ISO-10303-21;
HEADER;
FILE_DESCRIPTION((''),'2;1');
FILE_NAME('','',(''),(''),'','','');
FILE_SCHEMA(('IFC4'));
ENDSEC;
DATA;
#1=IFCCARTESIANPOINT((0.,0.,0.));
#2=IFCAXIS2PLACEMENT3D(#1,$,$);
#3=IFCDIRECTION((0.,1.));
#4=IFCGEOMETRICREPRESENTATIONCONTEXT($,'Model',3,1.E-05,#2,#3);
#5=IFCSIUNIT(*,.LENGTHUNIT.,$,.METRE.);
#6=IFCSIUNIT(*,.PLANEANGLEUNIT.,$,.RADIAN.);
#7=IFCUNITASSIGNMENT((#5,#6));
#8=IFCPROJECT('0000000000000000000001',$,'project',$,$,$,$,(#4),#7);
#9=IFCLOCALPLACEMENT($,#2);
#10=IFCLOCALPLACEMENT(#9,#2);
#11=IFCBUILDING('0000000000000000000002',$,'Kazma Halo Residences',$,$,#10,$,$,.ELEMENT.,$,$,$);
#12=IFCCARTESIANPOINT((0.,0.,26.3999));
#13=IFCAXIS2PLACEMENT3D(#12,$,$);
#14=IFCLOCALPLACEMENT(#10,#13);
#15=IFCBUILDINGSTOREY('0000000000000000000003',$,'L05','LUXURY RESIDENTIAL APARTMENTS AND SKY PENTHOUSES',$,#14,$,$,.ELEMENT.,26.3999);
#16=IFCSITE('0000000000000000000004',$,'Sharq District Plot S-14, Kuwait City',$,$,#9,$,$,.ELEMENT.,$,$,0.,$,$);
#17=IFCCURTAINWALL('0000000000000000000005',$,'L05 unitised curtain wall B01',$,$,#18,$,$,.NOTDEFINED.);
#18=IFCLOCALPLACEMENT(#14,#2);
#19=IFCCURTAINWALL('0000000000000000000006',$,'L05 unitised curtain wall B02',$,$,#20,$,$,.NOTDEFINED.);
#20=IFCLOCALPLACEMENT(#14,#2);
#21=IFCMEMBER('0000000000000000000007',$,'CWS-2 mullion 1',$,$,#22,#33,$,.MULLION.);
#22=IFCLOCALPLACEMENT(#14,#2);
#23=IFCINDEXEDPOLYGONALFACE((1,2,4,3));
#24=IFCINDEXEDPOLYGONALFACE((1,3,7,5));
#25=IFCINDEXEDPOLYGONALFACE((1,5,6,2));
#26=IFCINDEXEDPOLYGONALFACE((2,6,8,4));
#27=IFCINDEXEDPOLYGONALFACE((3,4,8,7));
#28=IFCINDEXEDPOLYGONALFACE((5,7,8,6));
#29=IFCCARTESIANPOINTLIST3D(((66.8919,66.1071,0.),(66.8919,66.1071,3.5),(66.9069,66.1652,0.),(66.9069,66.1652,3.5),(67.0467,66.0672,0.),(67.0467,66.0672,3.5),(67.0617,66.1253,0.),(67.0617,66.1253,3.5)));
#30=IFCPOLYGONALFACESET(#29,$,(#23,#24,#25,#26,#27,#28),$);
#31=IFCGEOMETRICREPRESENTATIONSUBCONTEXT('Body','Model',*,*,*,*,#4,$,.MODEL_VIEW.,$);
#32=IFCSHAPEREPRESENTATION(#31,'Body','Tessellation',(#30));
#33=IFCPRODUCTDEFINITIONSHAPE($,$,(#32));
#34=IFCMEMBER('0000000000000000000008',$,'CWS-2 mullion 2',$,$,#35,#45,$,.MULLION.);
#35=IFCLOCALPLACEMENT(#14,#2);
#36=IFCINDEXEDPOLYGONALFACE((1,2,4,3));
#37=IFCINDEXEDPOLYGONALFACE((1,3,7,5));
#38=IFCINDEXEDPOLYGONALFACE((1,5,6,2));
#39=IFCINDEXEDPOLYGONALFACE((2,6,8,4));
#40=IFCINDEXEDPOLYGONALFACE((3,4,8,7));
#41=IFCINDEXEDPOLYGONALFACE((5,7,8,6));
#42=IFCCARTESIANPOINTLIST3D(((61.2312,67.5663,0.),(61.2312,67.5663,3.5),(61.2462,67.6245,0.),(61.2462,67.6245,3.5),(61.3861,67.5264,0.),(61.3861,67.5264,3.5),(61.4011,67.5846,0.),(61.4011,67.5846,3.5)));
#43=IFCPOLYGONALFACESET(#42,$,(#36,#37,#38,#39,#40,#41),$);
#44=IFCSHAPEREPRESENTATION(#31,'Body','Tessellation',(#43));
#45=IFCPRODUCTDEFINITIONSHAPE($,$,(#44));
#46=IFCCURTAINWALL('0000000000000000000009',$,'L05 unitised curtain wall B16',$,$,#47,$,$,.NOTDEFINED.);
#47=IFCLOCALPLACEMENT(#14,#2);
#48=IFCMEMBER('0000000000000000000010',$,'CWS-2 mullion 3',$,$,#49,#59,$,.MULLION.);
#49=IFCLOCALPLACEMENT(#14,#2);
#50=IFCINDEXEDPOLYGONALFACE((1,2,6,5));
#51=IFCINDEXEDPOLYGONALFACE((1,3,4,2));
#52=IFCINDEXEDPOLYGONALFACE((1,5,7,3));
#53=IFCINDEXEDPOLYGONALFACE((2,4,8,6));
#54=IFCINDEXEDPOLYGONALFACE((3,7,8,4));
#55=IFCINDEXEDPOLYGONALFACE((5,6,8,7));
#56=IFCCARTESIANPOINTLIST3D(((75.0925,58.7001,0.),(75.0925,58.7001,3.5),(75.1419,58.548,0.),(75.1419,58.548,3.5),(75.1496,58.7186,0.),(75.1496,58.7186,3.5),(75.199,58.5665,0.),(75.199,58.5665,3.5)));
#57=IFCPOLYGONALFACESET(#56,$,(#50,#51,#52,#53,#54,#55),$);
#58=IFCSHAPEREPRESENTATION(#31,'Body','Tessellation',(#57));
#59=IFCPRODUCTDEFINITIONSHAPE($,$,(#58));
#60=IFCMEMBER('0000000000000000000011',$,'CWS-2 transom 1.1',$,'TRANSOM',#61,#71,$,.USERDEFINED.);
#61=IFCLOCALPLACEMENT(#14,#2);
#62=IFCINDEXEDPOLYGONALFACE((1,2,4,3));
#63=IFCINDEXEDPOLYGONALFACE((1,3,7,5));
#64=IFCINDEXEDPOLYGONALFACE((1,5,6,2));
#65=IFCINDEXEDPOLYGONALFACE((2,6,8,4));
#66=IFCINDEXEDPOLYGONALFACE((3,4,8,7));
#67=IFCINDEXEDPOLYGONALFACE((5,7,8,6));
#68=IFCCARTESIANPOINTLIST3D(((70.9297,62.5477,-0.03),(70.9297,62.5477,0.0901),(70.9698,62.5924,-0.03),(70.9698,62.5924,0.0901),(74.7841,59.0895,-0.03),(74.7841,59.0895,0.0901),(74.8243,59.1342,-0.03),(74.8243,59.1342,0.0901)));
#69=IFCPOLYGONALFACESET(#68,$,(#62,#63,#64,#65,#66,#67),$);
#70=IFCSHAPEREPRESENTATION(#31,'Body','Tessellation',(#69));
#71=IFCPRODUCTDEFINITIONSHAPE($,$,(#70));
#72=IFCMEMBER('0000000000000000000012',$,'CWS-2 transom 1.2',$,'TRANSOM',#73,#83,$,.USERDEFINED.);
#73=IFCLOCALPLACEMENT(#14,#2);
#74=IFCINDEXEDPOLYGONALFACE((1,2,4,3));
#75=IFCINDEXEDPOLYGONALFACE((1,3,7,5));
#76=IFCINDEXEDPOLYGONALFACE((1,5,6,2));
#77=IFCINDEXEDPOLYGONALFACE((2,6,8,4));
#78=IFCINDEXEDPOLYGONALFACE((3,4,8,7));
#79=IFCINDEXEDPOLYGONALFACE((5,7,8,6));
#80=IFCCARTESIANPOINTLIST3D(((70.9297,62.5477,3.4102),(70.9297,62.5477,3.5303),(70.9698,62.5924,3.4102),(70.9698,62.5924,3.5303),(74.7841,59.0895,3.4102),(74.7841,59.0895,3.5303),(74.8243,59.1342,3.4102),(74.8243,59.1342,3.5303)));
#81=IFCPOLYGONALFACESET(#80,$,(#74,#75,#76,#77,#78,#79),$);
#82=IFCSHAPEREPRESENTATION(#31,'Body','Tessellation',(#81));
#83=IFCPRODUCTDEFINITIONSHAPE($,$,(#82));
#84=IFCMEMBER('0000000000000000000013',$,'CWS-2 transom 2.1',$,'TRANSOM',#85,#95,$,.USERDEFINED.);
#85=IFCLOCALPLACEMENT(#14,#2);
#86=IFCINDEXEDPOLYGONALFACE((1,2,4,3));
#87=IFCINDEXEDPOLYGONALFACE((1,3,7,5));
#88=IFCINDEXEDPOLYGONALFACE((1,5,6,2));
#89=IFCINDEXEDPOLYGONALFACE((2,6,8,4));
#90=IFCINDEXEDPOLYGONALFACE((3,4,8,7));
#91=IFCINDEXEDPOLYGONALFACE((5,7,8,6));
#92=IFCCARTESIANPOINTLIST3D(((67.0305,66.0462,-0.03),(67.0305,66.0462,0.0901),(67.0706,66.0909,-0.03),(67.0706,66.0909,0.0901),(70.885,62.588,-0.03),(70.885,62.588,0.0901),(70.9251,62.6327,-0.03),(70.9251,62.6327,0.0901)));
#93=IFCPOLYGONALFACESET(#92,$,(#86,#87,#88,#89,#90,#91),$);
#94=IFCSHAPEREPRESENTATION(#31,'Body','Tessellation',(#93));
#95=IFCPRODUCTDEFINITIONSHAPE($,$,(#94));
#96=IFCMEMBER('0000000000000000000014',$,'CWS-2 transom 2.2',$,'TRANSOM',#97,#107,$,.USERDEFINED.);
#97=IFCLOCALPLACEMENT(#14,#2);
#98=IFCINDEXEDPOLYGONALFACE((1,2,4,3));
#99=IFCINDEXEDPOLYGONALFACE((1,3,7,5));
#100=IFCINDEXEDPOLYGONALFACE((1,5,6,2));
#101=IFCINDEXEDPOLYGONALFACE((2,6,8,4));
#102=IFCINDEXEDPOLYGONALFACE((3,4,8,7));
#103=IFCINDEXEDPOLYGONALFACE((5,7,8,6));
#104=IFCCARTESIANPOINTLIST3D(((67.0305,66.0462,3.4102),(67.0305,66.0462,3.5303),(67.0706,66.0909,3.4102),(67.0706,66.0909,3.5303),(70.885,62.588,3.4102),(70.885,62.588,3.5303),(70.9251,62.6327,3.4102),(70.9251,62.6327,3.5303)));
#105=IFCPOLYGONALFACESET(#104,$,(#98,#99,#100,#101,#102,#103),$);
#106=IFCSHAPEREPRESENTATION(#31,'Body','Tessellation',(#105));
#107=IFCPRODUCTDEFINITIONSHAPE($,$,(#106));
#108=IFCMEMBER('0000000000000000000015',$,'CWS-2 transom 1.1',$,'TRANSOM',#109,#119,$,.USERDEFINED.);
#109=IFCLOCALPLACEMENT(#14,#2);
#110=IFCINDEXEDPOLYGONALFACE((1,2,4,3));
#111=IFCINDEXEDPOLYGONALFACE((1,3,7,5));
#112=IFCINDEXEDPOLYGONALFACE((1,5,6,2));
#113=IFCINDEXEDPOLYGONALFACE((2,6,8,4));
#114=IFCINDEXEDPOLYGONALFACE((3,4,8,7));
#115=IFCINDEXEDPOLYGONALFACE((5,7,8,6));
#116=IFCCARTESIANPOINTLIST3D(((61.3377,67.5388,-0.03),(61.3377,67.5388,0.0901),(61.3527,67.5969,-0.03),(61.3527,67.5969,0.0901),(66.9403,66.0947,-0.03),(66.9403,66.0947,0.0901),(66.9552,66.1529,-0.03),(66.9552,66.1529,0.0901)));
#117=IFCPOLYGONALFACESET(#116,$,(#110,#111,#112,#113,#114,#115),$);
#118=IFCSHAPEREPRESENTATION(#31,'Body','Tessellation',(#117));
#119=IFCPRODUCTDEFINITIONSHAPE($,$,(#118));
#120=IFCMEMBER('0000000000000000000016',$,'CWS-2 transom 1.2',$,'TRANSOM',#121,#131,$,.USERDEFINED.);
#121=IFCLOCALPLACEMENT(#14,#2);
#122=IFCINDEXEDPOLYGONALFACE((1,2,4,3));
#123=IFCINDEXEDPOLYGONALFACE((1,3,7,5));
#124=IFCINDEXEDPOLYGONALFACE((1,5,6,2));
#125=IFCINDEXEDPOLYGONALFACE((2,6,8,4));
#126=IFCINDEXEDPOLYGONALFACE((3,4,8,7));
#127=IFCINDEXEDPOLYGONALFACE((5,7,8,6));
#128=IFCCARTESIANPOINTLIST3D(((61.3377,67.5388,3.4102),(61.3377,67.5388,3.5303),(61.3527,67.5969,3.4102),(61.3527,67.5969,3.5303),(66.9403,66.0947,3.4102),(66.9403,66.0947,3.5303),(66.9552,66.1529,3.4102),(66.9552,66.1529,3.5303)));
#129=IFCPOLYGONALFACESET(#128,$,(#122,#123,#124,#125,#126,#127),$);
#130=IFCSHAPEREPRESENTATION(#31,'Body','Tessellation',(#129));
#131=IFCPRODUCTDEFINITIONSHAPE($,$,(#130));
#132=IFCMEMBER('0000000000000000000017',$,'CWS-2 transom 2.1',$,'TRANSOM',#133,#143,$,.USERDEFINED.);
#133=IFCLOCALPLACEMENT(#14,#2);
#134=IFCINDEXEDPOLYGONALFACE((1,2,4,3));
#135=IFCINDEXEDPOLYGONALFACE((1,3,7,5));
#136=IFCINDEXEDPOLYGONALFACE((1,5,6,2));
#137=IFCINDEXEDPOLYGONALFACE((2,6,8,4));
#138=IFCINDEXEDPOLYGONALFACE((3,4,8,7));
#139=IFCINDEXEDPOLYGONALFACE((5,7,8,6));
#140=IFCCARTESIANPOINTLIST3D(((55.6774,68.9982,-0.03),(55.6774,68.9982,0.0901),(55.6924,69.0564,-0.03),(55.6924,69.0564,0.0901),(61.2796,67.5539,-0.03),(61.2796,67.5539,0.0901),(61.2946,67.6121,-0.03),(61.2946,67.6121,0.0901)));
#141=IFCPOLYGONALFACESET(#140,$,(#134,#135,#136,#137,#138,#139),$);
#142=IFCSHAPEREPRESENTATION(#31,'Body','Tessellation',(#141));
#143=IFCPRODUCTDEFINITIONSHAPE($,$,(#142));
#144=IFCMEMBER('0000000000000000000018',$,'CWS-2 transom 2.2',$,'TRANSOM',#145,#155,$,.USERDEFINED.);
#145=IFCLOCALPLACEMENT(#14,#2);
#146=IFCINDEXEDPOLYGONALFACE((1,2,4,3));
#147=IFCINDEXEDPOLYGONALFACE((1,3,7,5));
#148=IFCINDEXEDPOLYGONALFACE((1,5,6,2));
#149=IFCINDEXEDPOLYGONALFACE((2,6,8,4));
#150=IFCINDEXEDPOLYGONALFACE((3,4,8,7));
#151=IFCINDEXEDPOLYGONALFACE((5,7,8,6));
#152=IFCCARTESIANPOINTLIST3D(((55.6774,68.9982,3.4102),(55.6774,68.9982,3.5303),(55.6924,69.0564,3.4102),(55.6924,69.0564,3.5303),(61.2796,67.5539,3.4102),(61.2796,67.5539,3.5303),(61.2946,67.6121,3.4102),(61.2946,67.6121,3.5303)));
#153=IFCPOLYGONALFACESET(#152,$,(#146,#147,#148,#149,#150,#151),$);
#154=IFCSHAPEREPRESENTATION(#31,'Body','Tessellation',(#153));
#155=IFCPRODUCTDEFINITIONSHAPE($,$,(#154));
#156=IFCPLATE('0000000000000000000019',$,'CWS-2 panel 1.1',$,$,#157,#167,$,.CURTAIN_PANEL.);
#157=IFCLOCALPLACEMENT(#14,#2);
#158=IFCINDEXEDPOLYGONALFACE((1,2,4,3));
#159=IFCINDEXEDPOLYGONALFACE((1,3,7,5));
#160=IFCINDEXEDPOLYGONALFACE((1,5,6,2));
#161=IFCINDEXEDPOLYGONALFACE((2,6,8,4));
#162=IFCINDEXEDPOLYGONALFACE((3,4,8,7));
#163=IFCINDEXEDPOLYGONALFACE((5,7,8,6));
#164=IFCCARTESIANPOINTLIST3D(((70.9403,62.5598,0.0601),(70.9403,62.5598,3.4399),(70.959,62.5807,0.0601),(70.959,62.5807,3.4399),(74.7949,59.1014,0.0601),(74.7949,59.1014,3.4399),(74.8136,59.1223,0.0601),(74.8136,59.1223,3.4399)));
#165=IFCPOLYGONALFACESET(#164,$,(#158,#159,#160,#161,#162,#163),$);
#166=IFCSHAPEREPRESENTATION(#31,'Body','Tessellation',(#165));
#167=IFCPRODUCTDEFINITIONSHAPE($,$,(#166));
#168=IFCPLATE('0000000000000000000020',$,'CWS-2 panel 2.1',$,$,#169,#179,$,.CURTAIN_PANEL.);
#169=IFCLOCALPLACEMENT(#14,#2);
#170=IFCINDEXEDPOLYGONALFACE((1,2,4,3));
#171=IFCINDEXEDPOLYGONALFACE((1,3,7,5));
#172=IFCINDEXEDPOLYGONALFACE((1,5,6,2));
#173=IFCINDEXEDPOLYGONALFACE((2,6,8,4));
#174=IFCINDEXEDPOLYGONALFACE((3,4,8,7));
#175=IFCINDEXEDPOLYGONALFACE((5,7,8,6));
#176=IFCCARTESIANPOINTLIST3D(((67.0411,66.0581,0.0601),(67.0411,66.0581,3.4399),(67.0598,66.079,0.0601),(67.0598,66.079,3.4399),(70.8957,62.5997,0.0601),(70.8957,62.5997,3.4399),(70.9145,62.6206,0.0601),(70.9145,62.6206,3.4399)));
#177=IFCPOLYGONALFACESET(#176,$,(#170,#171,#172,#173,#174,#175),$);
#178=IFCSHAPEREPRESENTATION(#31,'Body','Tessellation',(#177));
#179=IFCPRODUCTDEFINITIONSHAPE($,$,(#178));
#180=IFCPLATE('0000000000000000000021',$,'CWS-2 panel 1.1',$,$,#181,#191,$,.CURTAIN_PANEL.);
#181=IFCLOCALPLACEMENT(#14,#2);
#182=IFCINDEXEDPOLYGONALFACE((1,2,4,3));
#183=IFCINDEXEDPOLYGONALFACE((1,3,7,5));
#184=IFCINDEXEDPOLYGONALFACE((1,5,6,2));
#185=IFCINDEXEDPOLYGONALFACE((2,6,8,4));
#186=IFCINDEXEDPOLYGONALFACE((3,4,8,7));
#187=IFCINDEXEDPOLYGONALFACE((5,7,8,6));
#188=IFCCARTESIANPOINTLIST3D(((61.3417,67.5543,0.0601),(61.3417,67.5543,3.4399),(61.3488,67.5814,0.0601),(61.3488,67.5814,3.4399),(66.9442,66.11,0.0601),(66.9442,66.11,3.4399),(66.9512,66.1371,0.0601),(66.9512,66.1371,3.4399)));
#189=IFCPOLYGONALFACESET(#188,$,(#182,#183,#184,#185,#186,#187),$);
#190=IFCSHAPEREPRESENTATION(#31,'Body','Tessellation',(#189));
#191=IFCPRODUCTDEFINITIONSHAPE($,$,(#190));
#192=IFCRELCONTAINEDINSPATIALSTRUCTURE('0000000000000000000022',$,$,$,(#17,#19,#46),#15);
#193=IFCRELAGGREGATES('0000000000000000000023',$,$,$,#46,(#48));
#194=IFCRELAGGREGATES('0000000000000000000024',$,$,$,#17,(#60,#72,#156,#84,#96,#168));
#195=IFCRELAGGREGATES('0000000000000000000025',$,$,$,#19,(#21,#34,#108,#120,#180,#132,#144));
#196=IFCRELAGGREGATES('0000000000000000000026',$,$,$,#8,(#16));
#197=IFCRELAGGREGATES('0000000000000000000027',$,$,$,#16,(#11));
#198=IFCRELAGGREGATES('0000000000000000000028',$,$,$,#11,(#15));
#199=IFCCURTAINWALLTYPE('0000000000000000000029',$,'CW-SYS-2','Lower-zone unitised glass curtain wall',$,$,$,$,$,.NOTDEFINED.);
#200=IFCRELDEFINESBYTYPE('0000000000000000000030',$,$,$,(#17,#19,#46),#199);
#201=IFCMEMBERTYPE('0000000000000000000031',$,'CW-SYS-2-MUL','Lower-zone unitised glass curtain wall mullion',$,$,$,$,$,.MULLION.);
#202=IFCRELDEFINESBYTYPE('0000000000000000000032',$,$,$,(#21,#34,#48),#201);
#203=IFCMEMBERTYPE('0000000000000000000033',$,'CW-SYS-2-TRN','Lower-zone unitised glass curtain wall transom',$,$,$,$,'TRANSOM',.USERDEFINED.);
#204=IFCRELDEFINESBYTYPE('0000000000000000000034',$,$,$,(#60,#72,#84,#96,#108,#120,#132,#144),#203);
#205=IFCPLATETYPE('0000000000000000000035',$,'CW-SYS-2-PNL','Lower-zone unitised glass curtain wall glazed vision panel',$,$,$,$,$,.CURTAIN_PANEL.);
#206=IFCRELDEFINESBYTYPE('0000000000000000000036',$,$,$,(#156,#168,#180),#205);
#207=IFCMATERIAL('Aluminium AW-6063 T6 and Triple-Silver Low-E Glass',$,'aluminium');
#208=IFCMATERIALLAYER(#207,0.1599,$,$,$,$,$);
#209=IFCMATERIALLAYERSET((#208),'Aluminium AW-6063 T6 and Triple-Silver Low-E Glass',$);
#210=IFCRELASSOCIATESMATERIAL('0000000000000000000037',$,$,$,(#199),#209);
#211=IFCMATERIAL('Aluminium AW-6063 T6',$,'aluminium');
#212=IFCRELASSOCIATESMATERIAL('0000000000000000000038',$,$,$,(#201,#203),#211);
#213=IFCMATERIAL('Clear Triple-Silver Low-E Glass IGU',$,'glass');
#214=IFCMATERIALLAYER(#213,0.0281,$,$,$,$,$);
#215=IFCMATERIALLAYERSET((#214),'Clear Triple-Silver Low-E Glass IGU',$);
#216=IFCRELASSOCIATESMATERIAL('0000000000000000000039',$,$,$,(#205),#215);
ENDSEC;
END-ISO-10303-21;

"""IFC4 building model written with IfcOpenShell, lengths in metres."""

from ifc_helpers import new_model, si_unit, direction, frame, origin, origin_2d, place, context, subcontext, project, spatial, rectangle, extrude, material, layer, layer_set, material_profile, profile_set, type_object, element, aggregate, save


model = new_model("IFC4")

# Units and contexts
model_context = context("Model", 3, precision=1e-05, world=origin(), true_north=direction((0.0, 1.0)))
body_context = subcontext(model_context, "Body", "Model", "MODEL_VIEW")
ifc_project = project(units=[si_unit("LENGTHUNIT", "METRE"), si_unit("PLANEANGLEUNIT", "RADIAN")], contexts=[model_context])

# Site, building, storey
site_placement = place(None, origin())
site = spatial("IfcSite", under=ifc_project, at=site_placement, Name="Sharq District Plot S-14, Kuwait City", CompositionType="ELEMENT", RefElevation=0.0)
building_placement = place(site_placement, origin())
building = spatial("IfcBuilding", under=site, at=building_placement, Name="Kazma Halo Residences", CompositionType="ELEMENT")
storey_placement = place(building_placement, frame((0.0, 0.0, 26.3999)))
storey = spatial("IfcBuildingStorey", under=building, at=storey_placement, Name="L05", Description="LUXURY RESIDENTIAL APARTMENTS AND SKY PENTHOUSES", CompositionType="ELEMENT", Elevation=26.3999)

# Curtain walls, members
ifc_material_1 = material(Name="Aluminium AW-6063 T6 and Triple-Silver Low-E Glass", Category="aluminium")
ifc_layer_1 = layer(ifc_material_1, 0.1599)
ifc_layer_set_1 = layer_set([ifc_layer_1], Name="Aluminium AW-6063 T6 and Triple-Silver Low-E Glass")
curtain_wall_type = type_object("IfcCurtainWallType", Name="CW-SYS-2", Description="Lower-zone unitised glass curtain wall", PredefinedType="NOTDEFINED", material=ifc_layer_set_1)
curtain_wall_1_placement = place(storey_placement, origin())
curtain_wall_1 = element("IfcCurtainWall", 1, at=curtain_wall_1_placement, inside=storey, type_object=curtain_wall_type, Name="L05 unitised curtain wall B01", PredefinedType="NOTDEFINED")
ifc_material_2 = material(Name="Aluminium AW-6063 T6", Category="aluminium")
ifc_material_profile_1 = material_profile(ifc_material_2, rectangle(XDim=0.0601, YDim=0.1599, at=origin_2d()), Name="CWM-60x160")
ifc_profile_set_1 = profile_set([ifc_material_profile_1], Name="Aluminium AW-6063 T6")
member_type_1 = type_object("IfcMemberType", Name="CW-SYS-2-MUL", Description="Lower-zone unitised glass curtain wall mullion", PredefinedType="MULLION", material=ifc_profile_set_1)
curtain_wall_2_placement = place(storey_placement, origin())
curtain_wall_2 = element("IfcCurtainWall", 2, at=curtain_wall_2_placement, inside=storey, type_object=curtain_wall_type, Name="L05 unitised curtain wall B02", PredefinedType="NOTDEFINED")
member_1_placement = place(storey_placement, frame((66.9768, 66.1162, 0.0), z_axis=(0.0, 0.0, 1.0), x_axis=(-0.249635, -0.96834, 0.0)))
member_1 = element("IfcMember", 3, at=member_1_placement, type_object=member_type_1, Name="CWS-2 mullion 1", PredefinedType="MULLION", context=body_context, shape_type="SweptSolid", body=[
    extrude(rectangle(XDim=0.0601, YDim=0.1599, at=origin_2d()), origin(), (0.0, 0.0, 1.0), 3.5),
])
member_2_placement = place(storey_placement, frame((61.3162, 67.5754, 0.0), z_axis=(0.0, 0.0, 1.0), x_axis=(-0.249635, -0.96834, 0.0)))
member_2 = element("IfcMember", 4, at=member_2_placement, type_object=member_type_1, Name="CWS-2 mullion 2", PredefinedType="MULLION", context=body_context, shape_type="SweptSolid", body=[
    extrude(rectangle(XDim=0.0601, YDim=0.1599, at=origin_2d()), origin(), (0.0, 0.0, 1.0), 3.5),
])

# Curtain wall, member
curtain_wall_3_placement = place(storey_placement, origin())
curtain_wall_3 = element("IfcCurtainWall", 5, at=curtain_wall_3_placement, inside=storey, type_object=curtain_wall_type, Name="L05 unitised curtain wall B16", PredefinedType="NOTDEFINED")
member_3_placement = place(storey_placement, frame((75.1458, 58.6333, 0.0), z_axis=(0.0, 0.0, 1.0), x_axis=(-0.951057, -0.309017, 0.0)))
member_3 = element("IfcMember", 6, at=member_3_placement, type_object=member_type_1, Name="CWS-2 mullion 3", PredefinedType="MULLION", context=body_context, shape_type="SweptSolid", body=[
    extrude(rectangle(XDim=0.0601, YDim=0.1599, at=origin_2d()), origin(), (0.0, 0.0, 1.0), 3.5),
])
aggregate(curtain_wall_3, [member_3])

# Members
ifc_material_profile_2 = material_profile(ifc_material_2, rectangle(XDim=0.0601, YDim=0.1201, at=origin_2d()), Name="CWT-60x120")
ifc_profile_set_2 = profile_set([ifc_material_profile_2], Name="Aluminium AW-6063 T6")
member_type_2 = type_object("IfcMemberType", Name="CW-SYS-2-TRN", Description="Lower-zone unitised glass curtain wall transom", ElementType="TRANSOM", PredefinedType="USERDEFINED", material=ifc_profile_set_2)
member_4_placement = place(storey_placement, frame((74.8042, 59.1118, 0.03), z_axis=(-0.744329, 0.667813, 0.0), x_axis=(-0.667813, -0.744329, 0.0)))
member_4 = element("IfcMember", 7, at=member_4_placement, type_object=member_type_2, Name="CWS-2 transom 1.1", ObjectType="TRANSOM", PredefinedType="USERDEFINED", context=body_context, shape_type="SweptSolid", body=[
    extrude(rectangle(XDim=0.0601, YDim=0.1201, at=origin_2d()), origin(), (0.0, 0.0, 1.0), 5.1785),
])
member_5_placement = place(storey_placement, frame((74.8042, 59.1118, 3.4702), z_axis=(-0.744329, 0.667813, 0.0), x_axis=(-0.667813, -0.744329, 0.0)))
member_5 = element("IfcMember", 8, at=member_5_placement, type_object=member_type_2, Name="CWS-2 transom 1.2", ObjectType="TRANSOM", PredefinedType="USERDEFINED", context=body_context, shape_type="SweptSolid", body=[
    extrude(rectangle(XDim=0.0601, YDim=0.1201, at=origin_2d()), origin(), (0.0, 0.0, 1.0), 5.1785),
])
member_6_placement = place(storey_placement, frame((70.905, 62.6104, 0.03), z_axis=(-0.744329, 0.667813, 0.0), x_axis=(-0.667813, -0.744329, 0.0)))
member_6 = element("IfcMember", 9, at=member_6_placement, type_object=member_type_2, Name="CWS-2 transom 2.1", ObjectType="TRANSOM", PredefinedType="USERDEFINED", context=body_context, shape_type="SweptSolid", body=[
    extrude(rectangle(XDim=0.0601, YDim=0.1201, at=origin_2d()), origin(), (0.0, 0.0, 1.0), 5.1785),
])
member_7_placement = place(storey_placement, frame((70.905, 62.6104, 3.4702), z_axis=(-0.744329, 0.667813, 0.0), x_axis=(-0.667813, -0.744329, 0.0)))
member_7 = element("IfcMember", 10, at=member_7_placement, type_object=member_type_2, Name="CWS-2 transom 2.2", ObjectType="TRANSOM", PredefinedType="USERDEFINED", context=body_context, shape_type="SweptSolid", body=[
    extrude(rectangle(XDim=0.0601, YDim=0.1201, at=origin_2d()), origin(), (0.0, 0.0, 1.0), 5.1785),
])
member_8_placement = place(storey_placement, frame((66.9478, 66.1238, 0.03), z_axis=(-0.968349, 0.249599, 0.0), x_axis=(-0.249599, -0.968349, 0.0)))
member_8 = element("IfcMember", 11, at=member_8_placement, type_object=member_type_2, Name="CWS-2 transom 1.1", ObjectType="TRANSOM", PredefinedType="USERDEFINED", context=body_context, shape_type="SweptSolid", body=[
    extrude(rectangle(XDim=0.0601, YDim=0.1201, at=origin_2d()), origin(), (0.0, 0.0, 1.0), 5.7856),
])
member_9_placement = place(storey_placement, frame((66.9478, 66.1238, 3.4702), z_axis=(-0.968349, 0.249599, 0.0), x_axis=(-0.249599, -0.968349, 0.0)))
member_9 = element("IfcMember", 12, at=member_9_placement, type_object=member_type_2, Name="CWS-2 transom 1.2", ObjectType="TRANSOM", PredefinedType="USERDEFINED", context=body_context, shape_type="SweptSolid", body=[
    extrude(rectangle(XDim=0.0601, YDim=0.1201, at=origin_2d()), origin(), (0.0, 0.0, 1.0), 5.7856),
])
member_10_placement = place(storey_placement, frame((61.2871, 67.583, 0.03), z_axis=(-0.968337, 0.249648, 0.0), x_axis=(-0.249648, -0.968337, 0.0)))
member_10 = element("IfcMember", 13, at=member_10_placement, type_object=member_type_2, Name="CWS-2 transom 2.1", ObjectType="TRANSOM", PredefinedType="USERDEFINED", context=body_context, shape_type="SweptSolid", body=[
    extrude(rectangle(XDim=0.0601, YDim=0.1201, at=origin_2d()), origin(), (0.0, 0.0, 1.0), 5.7854),
])
member_11_placement = place(storey_placement, frame((61.2871, 67.583, 3.4702), z_axis=(-0.968337, 0.249648, 0.0), x_axis=(-0.249648, -0.968337, 0.0)))
member_11 = element("IfcMember", 14, at=member_11_placement, type_object=member_type_2, Name="CWS-2 transom 2.2", ObjectType="TRANSOM", PredefinedType="USERDEFINED", context=body_context, shape_type="SweptSolid", body=[
    extrude(rectangle(XDim=0.0601, YDim=0.1201, at=origin_2d()), origin(), (0.0, 0.0, 1.0), 5.7854),
])

# Plates
ifc_material_3 = material(Name="Clear Triple-Silver Low-E Glass IGU", Category="glass")
ifc_layer_2 = layer(ifc_material_3, 0.0281)
ifc_layer_set_2 = layer_set([ifc_layer_2], Name="Clear Triple-Silver Low-E Glass IGU")
plate_type = type_object("IfcPlateType", Name="CW-SYS-2-PNL", Description="Lower-zone unitised glass curtain wall glazed vision panel", PredefinedType="CURTAIN_PANEL", material=ifc_layer_set_2)
plate_1_placement = place(storey_placement, frame((72.877, 60.8411, 0.0601), z_axis=(0.0, 0.0, 1.0), x_axis=(-0.744322, 0.667821, 0.0)))
plate_1 = element("IfcPlate", 15, at=plate_1_placement, type_object=plate_type, Name="CWS-2 panel 1.1", PredefinedType="CURTAIN_PANEL", context=body_context, shape_type="SweptSolid", body=[
    extrude(rectangle(XDim=5.1787, YDim=0.0281, at=origin_2d()), origin(), (0.0, 0.0, 1.0), 3.3799),
])
plate_2_placement = place(storey_placement, frame((68.9778, 64.3394, 0.0601), z_axis=(0.0, 0.0, 1.0), x_axis=(-0.744322, 0.667821, 0.0)))
plate_2 = element("IfcPlate", 16, at=plate_2_placement, type_object=plate_type, Name="CWS-2 panel 2.1", PredefinedType="CURTAIN_PANEL", context=body_context, shape_type="SweptSolid", body=[
    extrude(rectangle(XDim=5.1787, YDim=0.0281, at=origin_2d()), origin(), (0.0, 0.0, 1.0), 3.3799),
])
aggregate(curtain_wall_1, [member_4, member_5, plate_1, member_6, member_7, plate_2])
plate_3_placement = place(storey_placement, frame((64.1465, 66.8457, 0.0601), z_axis=(0.0, 0.0, 1.0), x_axis=(-0.96834, 0.249635, 0.0)))
plate_3 = element("IfcPlate", 17, at=plate_3_placement, type_object=plate_type, Name="CWS-2 panel 1.1", PredefinedType="CURTAIN_PANEL", context=body_context, shape_type="SweptSolid", body=[
    extrude(rectangle(XDim=5.7856, YDim=0.0281, at=origin_2d()), origin(), (0.0, 0.0, 1.0), 3.3799),
])
aggregate(curtain_wall_2, [member_1, member_2, member_8, member_9, plate_3, member_10, member_11])

save(model, "model.ifc")
